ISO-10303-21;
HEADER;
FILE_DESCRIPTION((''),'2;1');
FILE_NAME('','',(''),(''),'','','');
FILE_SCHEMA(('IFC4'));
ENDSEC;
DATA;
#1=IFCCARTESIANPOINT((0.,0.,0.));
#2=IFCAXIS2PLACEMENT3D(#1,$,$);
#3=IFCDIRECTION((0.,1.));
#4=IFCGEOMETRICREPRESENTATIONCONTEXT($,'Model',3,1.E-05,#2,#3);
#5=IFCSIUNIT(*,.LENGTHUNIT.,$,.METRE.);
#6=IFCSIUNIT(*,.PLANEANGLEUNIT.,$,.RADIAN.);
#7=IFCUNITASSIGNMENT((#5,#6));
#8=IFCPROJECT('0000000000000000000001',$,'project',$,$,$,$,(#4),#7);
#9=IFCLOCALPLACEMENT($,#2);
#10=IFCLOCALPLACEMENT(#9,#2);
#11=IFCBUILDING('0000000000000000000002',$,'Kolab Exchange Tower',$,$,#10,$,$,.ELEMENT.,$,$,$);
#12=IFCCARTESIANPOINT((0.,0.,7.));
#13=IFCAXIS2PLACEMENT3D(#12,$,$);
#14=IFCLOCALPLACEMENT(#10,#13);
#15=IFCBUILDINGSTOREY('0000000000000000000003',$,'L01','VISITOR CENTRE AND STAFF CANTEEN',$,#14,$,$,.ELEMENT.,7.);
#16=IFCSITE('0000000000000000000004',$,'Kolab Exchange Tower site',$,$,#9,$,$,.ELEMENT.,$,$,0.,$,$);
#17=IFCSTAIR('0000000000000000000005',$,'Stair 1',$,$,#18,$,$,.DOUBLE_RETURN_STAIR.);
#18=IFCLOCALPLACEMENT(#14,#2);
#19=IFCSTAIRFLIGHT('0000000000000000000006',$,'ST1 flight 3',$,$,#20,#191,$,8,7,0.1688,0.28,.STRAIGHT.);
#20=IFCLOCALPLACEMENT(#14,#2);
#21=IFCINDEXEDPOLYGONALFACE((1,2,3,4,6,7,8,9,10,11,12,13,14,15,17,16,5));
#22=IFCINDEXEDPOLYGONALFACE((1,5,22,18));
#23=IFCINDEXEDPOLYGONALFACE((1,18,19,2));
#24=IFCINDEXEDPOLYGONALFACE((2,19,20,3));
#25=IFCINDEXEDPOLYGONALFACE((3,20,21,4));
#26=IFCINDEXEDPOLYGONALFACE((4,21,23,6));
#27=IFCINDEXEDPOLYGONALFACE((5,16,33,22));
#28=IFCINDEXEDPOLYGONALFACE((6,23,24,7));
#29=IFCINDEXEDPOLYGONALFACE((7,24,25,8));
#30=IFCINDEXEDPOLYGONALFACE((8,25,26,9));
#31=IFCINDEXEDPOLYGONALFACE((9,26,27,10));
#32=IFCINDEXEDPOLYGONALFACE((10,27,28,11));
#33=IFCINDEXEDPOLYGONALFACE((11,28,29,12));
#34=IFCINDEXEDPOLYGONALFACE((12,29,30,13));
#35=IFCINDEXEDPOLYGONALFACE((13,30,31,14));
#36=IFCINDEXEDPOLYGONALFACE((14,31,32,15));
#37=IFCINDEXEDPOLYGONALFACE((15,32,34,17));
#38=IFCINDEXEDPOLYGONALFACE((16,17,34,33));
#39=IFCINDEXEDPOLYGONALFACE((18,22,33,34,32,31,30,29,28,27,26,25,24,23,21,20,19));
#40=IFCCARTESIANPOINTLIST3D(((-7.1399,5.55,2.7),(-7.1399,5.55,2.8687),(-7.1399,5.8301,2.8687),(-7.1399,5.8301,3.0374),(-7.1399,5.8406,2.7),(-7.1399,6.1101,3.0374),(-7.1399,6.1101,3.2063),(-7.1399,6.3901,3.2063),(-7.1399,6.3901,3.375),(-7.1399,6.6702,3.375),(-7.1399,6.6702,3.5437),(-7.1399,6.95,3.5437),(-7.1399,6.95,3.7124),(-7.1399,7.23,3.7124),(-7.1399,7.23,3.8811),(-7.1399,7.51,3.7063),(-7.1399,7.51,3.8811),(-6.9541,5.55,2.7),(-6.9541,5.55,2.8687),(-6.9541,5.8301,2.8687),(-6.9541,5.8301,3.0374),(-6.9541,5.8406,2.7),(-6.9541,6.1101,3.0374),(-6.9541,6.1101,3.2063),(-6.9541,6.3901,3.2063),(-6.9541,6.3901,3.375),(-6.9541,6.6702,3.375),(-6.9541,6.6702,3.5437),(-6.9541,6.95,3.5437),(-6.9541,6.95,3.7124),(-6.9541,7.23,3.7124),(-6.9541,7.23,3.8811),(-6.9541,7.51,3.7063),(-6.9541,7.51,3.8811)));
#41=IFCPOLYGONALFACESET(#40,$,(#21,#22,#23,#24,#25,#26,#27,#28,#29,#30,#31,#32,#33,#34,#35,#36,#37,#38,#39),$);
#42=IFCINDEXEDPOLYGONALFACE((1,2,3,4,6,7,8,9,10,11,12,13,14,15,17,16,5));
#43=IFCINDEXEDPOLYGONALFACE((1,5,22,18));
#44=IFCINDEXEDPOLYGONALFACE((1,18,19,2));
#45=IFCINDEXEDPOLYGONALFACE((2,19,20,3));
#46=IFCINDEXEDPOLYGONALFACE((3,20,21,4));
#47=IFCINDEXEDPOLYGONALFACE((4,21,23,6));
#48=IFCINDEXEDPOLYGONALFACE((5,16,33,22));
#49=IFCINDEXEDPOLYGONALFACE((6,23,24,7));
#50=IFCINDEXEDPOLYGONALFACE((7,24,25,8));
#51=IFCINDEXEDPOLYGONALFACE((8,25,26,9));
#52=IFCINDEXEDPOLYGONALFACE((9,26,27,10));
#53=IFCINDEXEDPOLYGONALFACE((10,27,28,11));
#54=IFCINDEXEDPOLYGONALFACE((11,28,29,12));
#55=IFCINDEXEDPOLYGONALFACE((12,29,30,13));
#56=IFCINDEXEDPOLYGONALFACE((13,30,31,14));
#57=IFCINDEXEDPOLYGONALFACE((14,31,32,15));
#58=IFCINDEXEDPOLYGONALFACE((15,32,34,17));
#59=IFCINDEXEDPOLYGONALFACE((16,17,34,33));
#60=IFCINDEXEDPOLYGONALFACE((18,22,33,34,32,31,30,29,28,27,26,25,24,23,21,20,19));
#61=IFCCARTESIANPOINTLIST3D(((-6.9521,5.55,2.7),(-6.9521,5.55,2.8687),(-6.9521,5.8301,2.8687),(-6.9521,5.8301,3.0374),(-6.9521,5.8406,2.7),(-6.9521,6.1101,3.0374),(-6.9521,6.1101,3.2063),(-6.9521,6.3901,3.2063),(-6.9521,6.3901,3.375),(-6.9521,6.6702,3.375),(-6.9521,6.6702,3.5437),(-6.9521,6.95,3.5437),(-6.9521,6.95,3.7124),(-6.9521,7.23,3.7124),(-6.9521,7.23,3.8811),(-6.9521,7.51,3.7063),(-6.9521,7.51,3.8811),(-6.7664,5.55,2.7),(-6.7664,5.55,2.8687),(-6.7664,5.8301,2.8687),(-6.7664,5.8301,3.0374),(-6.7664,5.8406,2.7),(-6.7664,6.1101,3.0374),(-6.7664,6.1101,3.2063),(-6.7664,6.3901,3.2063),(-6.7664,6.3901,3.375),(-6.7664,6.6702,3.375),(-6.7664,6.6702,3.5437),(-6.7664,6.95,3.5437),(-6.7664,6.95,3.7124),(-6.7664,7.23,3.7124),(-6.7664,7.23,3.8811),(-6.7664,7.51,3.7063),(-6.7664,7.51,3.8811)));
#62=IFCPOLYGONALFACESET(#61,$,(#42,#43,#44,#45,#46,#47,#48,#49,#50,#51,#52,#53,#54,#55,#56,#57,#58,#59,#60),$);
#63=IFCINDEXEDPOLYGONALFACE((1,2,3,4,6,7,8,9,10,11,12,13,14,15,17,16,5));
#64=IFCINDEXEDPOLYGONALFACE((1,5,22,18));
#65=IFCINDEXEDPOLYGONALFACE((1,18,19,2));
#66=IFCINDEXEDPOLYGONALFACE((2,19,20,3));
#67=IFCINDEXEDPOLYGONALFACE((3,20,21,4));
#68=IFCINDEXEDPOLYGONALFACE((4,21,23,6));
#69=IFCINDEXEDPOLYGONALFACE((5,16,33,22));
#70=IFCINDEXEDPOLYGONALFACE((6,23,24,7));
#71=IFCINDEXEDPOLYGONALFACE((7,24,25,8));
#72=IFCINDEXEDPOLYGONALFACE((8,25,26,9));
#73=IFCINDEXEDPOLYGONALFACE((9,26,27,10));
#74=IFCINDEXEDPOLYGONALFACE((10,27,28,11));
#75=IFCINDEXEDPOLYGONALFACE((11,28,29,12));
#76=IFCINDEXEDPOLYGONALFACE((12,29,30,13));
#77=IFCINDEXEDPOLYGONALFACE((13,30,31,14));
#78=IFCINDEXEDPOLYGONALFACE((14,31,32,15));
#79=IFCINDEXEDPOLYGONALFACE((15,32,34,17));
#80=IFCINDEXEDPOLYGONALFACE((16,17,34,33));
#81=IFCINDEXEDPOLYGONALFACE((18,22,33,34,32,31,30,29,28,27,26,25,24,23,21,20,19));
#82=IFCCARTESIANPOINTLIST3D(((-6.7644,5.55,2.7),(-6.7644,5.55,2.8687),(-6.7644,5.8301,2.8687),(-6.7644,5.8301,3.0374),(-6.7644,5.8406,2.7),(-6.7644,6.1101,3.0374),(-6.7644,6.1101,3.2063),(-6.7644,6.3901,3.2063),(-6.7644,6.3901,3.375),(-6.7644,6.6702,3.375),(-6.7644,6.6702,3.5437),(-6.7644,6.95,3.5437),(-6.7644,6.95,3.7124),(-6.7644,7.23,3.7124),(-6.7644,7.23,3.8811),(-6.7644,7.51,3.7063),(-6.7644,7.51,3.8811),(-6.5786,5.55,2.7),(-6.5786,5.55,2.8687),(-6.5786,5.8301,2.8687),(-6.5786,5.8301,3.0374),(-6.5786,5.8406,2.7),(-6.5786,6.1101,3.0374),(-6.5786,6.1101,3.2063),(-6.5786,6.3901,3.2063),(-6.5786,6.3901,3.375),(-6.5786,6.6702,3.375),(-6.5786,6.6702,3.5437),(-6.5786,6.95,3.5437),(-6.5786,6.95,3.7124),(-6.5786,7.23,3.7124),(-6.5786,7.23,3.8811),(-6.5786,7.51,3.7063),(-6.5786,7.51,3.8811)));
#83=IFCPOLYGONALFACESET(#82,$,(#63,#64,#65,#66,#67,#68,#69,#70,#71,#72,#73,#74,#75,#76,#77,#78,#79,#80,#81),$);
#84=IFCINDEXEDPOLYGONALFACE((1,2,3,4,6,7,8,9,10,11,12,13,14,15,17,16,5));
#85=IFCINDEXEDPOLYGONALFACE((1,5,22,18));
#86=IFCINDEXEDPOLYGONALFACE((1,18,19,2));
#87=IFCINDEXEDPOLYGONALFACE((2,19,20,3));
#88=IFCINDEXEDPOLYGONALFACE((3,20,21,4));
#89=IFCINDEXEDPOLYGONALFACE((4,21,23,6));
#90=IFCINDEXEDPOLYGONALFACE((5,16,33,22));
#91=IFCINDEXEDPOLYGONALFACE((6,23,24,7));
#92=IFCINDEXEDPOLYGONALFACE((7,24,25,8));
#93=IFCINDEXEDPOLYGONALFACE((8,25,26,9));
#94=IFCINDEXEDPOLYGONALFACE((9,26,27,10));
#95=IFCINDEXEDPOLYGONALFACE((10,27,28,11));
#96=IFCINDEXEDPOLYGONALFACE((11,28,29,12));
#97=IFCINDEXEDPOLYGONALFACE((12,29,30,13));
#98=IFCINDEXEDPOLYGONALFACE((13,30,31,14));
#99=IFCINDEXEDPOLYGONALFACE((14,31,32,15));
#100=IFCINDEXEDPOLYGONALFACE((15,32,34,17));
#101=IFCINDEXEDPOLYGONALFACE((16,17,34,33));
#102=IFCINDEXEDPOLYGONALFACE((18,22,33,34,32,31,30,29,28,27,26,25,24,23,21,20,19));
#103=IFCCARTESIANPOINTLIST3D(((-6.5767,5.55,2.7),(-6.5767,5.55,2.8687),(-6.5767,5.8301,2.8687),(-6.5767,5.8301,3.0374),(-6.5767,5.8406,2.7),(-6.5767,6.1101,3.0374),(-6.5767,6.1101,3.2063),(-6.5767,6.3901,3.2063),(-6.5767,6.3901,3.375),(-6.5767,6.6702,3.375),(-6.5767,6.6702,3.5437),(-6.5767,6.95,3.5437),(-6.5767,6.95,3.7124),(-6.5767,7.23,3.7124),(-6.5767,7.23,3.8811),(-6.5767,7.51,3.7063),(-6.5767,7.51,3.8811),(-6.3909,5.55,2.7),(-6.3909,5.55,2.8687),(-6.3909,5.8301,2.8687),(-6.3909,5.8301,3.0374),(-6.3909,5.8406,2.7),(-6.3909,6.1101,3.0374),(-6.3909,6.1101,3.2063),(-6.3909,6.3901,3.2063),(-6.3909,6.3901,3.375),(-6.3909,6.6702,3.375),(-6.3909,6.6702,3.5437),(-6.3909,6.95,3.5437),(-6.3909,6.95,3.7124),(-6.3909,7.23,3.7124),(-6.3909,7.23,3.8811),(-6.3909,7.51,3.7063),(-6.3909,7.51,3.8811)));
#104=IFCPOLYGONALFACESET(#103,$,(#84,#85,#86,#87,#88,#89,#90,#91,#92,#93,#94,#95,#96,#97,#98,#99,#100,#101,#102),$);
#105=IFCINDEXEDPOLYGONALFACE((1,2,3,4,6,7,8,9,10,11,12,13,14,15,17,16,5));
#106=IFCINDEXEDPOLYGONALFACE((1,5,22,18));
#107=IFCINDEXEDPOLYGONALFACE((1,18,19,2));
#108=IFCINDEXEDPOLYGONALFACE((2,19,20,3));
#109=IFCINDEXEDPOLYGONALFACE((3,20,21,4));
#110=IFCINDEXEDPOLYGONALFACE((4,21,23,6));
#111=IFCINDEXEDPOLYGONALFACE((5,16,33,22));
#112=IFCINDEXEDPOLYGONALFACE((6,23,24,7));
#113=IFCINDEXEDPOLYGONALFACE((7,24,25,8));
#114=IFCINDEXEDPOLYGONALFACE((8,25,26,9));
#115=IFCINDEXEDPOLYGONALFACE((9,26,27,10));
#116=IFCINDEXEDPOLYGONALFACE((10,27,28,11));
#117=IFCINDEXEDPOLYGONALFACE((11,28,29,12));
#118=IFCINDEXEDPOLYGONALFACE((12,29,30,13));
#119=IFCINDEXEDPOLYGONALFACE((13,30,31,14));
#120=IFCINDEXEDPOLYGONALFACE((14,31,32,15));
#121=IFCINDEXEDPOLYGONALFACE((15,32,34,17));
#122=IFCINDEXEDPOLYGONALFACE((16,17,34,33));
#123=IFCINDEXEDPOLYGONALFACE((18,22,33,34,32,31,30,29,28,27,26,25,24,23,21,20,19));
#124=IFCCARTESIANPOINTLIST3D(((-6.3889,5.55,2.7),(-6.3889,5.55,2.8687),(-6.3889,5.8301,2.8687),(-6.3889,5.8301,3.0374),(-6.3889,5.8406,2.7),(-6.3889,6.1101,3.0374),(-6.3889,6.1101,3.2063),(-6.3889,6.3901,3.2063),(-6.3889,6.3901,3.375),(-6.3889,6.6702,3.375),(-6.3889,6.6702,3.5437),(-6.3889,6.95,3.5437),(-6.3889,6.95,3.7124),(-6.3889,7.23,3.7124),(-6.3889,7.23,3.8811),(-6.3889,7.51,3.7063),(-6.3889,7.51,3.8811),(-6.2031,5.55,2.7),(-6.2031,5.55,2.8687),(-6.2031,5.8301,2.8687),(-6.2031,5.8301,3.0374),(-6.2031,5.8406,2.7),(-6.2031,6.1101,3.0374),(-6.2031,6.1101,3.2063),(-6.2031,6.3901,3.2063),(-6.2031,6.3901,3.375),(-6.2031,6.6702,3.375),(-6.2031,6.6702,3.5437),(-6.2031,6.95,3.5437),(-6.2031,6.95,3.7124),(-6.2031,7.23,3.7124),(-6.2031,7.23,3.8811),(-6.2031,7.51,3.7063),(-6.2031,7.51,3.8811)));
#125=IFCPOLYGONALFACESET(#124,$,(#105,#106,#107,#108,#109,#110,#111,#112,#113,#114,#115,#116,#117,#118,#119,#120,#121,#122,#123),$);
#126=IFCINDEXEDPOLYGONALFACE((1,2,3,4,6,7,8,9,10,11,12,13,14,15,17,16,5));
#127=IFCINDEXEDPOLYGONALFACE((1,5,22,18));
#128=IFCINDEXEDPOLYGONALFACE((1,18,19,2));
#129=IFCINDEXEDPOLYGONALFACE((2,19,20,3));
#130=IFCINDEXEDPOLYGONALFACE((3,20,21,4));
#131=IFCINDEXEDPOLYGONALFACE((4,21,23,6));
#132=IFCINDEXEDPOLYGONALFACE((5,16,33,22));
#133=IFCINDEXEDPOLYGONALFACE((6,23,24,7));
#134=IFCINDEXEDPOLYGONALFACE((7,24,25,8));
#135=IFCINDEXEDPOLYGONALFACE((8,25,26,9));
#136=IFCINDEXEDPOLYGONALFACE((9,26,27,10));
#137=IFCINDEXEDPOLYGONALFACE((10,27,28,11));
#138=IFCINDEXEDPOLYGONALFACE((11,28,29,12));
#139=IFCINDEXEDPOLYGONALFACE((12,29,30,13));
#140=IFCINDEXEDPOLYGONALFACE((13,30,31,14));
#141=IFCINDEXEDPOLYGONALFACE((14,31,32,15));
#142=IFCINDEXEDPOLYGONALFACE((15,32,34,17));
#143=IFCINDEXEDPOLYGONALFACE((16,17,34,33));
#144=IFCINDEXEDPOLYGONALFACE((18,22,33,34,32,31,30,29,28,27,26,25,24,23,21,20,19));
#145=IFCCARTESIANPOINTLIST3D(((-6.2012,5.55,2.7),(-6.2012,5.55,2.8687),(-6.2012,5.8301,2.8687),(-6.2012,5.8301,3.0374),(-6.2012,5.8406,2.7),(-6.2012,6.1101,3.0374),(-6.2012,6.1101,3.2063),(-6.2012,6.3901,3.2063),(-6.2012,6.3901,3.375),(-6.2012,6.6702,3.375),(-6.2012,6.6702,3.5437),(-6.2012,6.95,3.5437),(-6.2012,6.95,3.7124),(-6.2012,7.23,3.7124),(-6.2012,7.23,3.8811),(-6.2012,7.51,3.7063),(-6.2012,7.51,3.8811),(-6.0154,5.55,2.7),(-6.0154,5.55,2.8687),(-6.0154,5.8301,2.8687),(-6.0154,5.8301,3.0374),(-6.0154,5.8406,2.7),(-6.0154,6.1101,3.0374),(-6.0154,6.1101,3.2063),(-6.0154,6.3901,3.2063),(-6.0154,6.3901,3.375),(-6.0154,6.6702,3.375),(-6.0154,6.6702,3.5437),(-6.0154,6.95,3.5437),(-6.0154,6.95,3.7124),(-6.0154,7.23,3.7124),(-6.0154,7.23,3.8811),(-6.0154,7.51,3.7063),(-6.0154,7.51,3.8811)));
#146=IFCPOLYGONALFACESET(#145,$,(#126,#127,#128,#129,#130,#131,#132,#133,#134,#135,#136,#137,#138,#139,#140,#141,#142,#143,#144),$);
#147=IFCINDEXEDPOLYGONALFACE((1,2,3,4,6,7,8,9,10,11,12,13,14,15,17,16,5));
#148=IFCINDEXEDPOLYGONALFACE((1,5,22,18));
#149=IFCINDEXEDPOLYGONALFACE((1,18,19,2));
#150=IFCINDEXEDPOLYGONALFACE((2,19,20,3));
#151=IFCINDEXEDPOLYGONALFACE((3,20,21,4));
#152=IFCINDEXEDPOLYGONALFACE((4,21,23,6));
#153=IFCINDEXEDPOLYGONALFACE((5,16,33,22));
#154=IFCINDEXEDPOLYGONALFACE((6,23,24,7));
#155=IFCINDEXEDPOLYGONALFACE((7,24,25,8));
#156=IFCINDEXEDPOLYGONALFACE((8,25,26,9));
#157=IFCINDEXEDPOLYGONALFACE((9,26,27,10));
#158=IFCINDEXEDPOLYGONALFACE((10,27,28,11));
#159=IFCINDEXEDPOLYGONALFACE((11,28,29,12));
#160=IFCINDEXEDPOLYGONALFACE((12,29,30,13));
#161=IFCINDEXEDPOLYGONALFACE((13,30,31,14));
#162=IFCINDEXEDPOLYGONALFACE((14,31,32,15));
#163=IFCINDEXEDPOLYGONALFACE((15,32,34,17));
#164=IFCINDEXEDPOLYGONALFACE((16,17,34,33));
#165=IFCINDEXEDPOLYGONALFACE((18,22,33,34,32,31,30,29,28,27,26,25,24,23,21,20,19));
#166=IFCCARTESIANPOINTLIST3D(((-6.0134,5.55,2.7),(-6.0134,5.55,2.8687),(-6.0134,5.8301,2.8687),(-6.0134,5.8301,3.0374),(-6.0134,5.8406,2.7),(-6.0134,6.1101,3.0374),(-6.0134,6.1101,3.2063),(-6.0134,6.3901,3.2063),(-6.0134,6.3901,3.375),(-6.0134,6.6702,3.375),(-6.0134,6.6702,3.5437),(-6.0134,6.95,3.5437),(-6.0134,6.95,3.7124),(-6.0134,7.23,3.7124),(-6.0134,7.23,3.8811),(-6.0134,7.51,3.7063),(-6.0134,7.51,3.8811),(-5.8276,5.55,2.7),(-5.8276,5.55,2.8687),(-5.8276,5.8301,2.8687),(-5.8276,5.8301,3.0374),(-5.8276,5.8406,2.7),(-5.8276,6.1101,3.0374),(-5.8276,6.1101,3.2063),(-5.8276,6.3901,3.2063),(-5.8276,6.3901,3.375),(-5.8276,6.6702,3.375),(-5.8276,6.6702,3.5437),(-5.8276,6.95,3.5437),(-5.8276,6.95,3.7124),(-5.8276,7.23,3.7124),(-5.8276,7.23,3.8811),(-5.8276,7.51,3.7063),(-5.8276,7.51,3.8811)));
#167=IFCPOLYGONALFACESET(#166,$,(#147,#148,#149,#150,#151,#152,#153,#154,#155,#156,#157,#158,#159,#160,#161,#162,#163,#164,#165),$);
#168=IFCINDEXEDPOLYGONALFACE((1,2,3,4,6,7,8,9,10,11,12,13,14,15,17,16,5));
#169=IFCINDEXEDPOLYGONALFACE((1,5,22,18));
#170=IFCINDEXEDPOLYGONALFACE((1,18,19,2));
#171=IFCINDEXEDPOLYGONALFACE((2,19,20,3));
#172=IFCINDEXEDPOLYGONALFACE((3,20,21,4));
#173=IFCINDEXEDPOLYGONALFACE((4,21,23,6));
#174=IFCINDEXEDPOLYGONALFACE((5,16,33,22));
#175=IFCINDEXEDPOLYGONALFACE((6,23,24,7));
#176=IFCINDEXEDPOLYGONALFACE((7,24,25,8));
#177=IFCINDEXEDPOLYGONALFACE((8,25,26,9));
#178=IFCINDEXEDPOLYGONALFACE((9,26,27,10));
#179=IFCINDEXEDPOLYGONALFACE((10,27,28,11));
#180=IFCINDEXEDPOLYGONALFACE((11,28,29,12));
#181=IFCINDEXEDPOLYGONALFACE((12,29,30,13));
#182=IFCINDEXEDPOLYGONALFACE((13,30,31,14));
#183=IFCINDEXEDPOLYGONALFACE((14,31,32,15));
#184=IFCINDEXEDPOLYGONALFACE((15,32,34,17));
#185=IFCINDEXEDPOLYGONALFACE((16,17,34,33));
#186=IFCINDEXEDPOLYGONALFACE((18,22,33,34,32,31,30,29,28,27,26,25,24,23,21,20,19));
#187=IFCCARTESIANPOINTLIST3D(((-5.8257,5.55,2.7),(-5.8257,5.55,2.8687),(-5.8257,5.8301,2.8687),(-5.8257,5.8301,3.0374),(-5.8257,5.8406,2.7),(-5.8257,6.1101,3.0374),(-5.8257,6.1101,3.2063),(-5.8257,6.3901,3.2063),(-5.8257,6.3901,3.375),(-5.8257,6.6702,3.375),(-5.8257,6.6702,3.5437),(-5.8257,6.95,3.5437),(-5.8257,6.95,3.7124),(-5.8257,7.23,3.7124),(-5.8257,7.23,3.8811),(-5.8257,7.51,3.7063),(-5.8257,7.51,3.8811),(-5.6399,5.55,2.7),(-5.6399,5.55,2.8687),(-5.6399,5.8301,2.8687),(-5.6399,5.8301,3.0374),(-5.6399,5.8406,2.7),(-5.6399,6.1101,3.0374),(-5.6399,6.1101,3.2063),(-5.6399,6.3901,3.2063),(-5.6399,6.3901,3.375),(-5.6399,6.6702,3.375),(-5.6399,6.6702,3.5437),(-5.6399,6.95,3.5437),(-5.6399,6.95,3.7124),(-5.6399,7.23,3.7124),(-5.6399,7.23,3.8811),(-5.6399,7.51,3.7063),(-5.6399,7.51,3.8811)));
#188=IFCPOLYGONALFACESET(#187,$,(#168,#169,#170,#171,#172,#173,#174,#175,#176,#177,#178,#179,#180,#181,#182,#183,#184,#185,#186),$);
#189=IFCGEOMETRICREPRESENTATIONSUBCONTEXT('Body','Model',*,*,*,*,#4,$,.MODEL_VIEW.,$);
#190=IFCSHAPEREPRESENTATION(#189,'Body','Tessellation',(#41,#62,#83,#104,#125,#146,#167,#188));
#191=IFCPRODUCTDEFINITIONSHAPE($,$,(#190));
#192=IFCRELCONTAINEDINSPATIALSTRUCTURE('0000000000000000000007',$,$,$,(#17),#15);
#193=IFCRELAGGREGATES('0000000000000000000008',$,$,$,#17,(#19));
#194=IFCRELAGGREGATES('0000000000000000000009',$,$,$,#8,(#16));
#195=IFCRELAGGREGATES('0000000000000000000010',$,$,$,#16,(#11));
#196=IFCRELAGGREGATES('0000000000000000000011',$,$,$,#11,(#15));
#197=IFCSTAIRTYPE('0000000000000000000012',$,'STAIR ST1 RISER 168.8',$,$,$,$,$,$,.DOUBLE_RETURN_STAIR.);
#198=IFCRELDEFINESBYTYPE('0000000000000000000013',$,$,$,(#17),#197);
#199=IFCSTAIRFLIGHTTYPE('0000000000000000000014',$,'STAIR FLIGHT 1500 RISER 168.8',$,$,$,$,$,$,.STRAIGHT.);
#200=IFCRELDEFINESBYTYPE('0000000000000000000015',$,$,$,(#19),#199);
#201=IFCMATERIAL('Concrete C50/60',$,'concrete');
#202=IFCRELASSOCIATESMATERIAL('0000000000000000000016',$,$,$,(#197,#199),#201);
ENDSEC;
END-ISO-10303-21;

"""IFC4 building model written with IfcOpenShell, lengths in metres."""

from ifc_helpers import new_model, si_unit, direction, frame, origin, place, context, subcontext, project, spatial, polyline, outline, extrude, material, type_object, element, aggregate, save


model = new_model("IFC4")

# Units and contexts
model_context = context("Model", 3, precision=1e-05, world=origin(), true_north=direction((0.0, 1.0)))
body_context = subcontext(model_context, "Body", "Model", "MODEL_VIEW")
ifc_project = project(units=[si_unit("LENGTHUNIT", "METRE"), si_unit("PLANEANGLEUNIT", "RADIAN")], contexts=[model_context])

# Site, building, storey
site_placement = place(None, origin())
site = spatial("IfcSite", under=ifc_project, at=site_placement, Name="Kolab Exchange Tower site", CompositionType="ELEMENT", RefElevation=0.0)
building_placement = place(site_placement, origin())
building = spatial("IfcBuilding", under=site, at=building_placement, Name="Kolab Exchange Tower", CompositionType="ELEMENT")
storey_placement = place(building_placement, frame((0.0, 0.0, 7.0)))
storey = spatial("IfcBuildingStorey", under=building, at=storey_placement, Name="L01", Description="VISITOR CENTRE AND STAFF CANTEEN", CompositionType="ELEMENT", Elevation=7.0)

# Shared definitions
ifc_material_1 = material(Name="Concrete C50/60", Category="concrete")

# Stair, stair flight
stair_type = type_object("IfcStairType", Name="STAIR ST1 RISER 168.8", PredefinedType="DOUBLE_RETURN_STAIR", material=ifc_material_1)
stair_placement = place(storey_placement, origin())
stair = element("IfcStair", 1, at=stair_placement, inside=storey, type_object=stair_type, Name="Stair 1", PredefinedType="DOUBLE_RETURN_STAIR")
stair_flight_type = type_object("IfcStairFlightType", Name="STAIR FLIGHT 1500 RISER 168.8", PredefinedType="STRAIGHT", material=ifc_material_1)
stair_flight_1_placement = place(storey_placement, frame((-6.3899, 5.55, 2.7), z_axis=(0.0, 0.0, 1.0), x_axis=(0.0, 1.0, 0.0)))
stair_flight_1 = element("IfcStairFlight", 2, at=stair_flight_1_placement, type_object=stair_flight_type, Name="ST1 flight 3", NumberOfRisers=8, NumberOfTreads=7, PredefinedType="STRAIGHT", RiserHeight=0.1688, TreadLength=0.28, context=body_context, shape_type="SweptSolid", body=[
    extrude(outline(polyline([(0.0, 0.0), (0.0, 0.1687), (0.28, 0.1687), (0.28, 0.3374), (0.5601, 0.3374), (0.5601, 0.5063), (0.8401, 0.5063), (0.8401, 0.675), (1.1201, 0.675), (1.1201, 0.8438), (1.3999, 0.8438), (1.3999, 1.0125), (1.6799, 1.0125), (1.6799, 1.1812), (1.96, 1.1812), (1.96, 1.3501), (1.96, 1.0063), (0.2905, 0.0), (0.0, 0.0)])), frame((0.0, 0.75, 0.0), z_axis=(0.0, -1.0, 0.0), x_axis=(1.0, 0.0, 0.0)), (0.0, 0.0, 1.0), 0.1858),
    extrude(outline(polyline([(0.0, 0.0), (0.0, 0.1687), (0.28, 0.1687), (0.28, 0.3374), (0.5601, 0.3374), (0.5601, 0.5063), (0.8401, 0.5063), (0.8401, 0.675), (1.1201, 0.675), (1.1201, 0.8438), (1.3999, 0.8438), (1.3999, 1.0125), (1.6799, 1.0125), (1.6799, 1.1812), (1.96, 1.1812), (1.96, 1.3501), (1.96, 1.0063), (0.2905, 0.0), (0.0, 0.0)])), frame((0.0, 0.5623, 0.0), z_axis=(0.0, -1.0, 0.0), x_axis=(1.0, 0.0, 0.0)), (0.0, 0.0, 1.0), 0.1858),
    extrude(outline(polyline([(0.0, 0.0), (0.0, 0.1687), (0.28, 0.1687), (0.28, 0.3374), (0.5601, 0.3374), (0.5601, 0.5063), (0.8401, 0.5063), (0.8401, 0.675), (1.1201, 0.675), (1.1201, 0.8438), (1.3999, 0.8438), (1.3999, 1.0125), (1.6799, 1.0125), (1.6799, 1.1812), (1.96, 1.1812), (1.96, 1.3501), (1.96, 1.0063), (0.2905, 0.0), (0.0, 0.0)])), frame((0.0, 0.3745, 0.0), z_axis=(0.0, -1.0, 0.0), x_axis=(1.0, 0.0, 0.0)), (0.0, 0.0, 1.0), 0.1858),
    extrude(outline(polyline([(0.0, 0.0), (0.0, 0.1687), (0.28, 0.1687), (0.28, 0.3374), (0.5601, 0.3374), (0.5601, 0.5063), (0.8401, 0.5063), (0.8401, 0.675), (1.1201, 0.675), (1.1201, 0.8438), (1.3999, 0.8438), (1.3999, 1.0125), (1.6799, 1.0125), (1.6799, 1.1812), (1.96, 1.1812), (1.96, 1.3501), (1.96, 1.0063), (0.2905, 0.0), (0.0, 0.0)])), frame((0.0, 0.1868, 0.0), z_axis=(0.0, -1.0, 0.0), x_axis=(1.0, 0.0, 0.0)), (0.0, 0.0, 1.0), 0.1858),
    extrude(outline(polyline([(0.0, 0.0), (0.0, 0.1687), (0.28, 0.1687), (0.28, 0.3374), (0.5601, 0.3374), (0.5601, 0.5063), (0.8401, 0.5063), (0.8401, 0.675), (1.1201, 0.675), (1.1201, 0.8438), (1.3999, 0.8438), (1.3999, 1.0125), (1.6799, 1.0125), (1.6799, 1.1812), (1.96, 1.1812), (1.96, 1.3501), (1.96, 1.0063), (0.2905, 0.0), (0.0, 0.0)])), frame((0.0, -0.001, 0.0), z_axis=(0.0, -1.0, 0.0), x_axis=(1.0, 0.0, 0.0)), (0.0, 0.0, 1.0), 0.1858),
    extrude(outline(polyline([(0.0, 0.0), (0.0, 0.1687), (0.28, 0.1687), (0.28, 0.3374), (0.5601, 0.3374), (0.5601, 0.5063), (0.8401, 0.5063), (0.8401, 0.675), (1.1201, 0.675), (1.1201, 0.8438), (1.3999, 0.8438), (1.3999, 1.0125), (1.6799, 1.0125), (1.6799, 1.1812), (1.96, 1.1812), (1.96, 1.3501), (1.96, 1.0063), (0.2905, 0.0), (0.0, 0.0)])), frame((0.0, -0.1887, 0.0), z_axis=(0.0, -1.0, 0.0), x_axis=(1.0, 0.0, 0.0)), (0.0, 0.0, 1.0), 0.1858),
    extrude(outline(polyline([(0.0, 0.0), (0.0, 0.1687), (0.28, 0.1687), (0.28, 0.3374), (0.5601, 0.3374), (0.5601, 0.5063), (0.8401, 0.5063), (0.8401, 0.675), (1.1201, 0.675), (1.1201, 0.8438), (1.3999, 0.8438), (1.3999, 1.0125), (1.6799, 1.0125), (1.6799, 1.1812), (1.96, 1.1812), (1.96, 1.3501), (1.96, 1.0063), (0.2905, 0.0), (0.0, 0.0)])), frame((0.0, -0.3765, 0.0), z_axis=(0.0, -1.0, 0.0), x_axis=(1.0, 0.0, 0.0)), (0.0, 0.0, 1.0), 0.1858),
    extrude(outline(polyline([(0.0, 0.0), (0.0, 0.1687), (0.28, 0.1687), (0.28, 0.3374), (0.5601, 0.3374), (0.5601, 0.5063), (0.8401, 0.5063), (0.8401, 0.675), (1.1201, 0.675), (1.1201, 0.8438), (1.3999, 0.8438), (1.3999, 1.0125), (1.6799, 1.0125), (1.6799, 1.1812), (1.96, 1.1812), (1.96, 1.3501), (1.96, 1.0063), (0.2905, 0.0), (0.0, 0.0)])), frame((0.0, -0.5642, 0.0), z_axis=(0.0, -1.0, 0.0), x_axis=(1.0, 0.0, 0.0)), (0.0, 0.0, 1.0), 0.1858),
])
aggregate(stair, [stair_flight_1])

save(model, "model.ifc")
